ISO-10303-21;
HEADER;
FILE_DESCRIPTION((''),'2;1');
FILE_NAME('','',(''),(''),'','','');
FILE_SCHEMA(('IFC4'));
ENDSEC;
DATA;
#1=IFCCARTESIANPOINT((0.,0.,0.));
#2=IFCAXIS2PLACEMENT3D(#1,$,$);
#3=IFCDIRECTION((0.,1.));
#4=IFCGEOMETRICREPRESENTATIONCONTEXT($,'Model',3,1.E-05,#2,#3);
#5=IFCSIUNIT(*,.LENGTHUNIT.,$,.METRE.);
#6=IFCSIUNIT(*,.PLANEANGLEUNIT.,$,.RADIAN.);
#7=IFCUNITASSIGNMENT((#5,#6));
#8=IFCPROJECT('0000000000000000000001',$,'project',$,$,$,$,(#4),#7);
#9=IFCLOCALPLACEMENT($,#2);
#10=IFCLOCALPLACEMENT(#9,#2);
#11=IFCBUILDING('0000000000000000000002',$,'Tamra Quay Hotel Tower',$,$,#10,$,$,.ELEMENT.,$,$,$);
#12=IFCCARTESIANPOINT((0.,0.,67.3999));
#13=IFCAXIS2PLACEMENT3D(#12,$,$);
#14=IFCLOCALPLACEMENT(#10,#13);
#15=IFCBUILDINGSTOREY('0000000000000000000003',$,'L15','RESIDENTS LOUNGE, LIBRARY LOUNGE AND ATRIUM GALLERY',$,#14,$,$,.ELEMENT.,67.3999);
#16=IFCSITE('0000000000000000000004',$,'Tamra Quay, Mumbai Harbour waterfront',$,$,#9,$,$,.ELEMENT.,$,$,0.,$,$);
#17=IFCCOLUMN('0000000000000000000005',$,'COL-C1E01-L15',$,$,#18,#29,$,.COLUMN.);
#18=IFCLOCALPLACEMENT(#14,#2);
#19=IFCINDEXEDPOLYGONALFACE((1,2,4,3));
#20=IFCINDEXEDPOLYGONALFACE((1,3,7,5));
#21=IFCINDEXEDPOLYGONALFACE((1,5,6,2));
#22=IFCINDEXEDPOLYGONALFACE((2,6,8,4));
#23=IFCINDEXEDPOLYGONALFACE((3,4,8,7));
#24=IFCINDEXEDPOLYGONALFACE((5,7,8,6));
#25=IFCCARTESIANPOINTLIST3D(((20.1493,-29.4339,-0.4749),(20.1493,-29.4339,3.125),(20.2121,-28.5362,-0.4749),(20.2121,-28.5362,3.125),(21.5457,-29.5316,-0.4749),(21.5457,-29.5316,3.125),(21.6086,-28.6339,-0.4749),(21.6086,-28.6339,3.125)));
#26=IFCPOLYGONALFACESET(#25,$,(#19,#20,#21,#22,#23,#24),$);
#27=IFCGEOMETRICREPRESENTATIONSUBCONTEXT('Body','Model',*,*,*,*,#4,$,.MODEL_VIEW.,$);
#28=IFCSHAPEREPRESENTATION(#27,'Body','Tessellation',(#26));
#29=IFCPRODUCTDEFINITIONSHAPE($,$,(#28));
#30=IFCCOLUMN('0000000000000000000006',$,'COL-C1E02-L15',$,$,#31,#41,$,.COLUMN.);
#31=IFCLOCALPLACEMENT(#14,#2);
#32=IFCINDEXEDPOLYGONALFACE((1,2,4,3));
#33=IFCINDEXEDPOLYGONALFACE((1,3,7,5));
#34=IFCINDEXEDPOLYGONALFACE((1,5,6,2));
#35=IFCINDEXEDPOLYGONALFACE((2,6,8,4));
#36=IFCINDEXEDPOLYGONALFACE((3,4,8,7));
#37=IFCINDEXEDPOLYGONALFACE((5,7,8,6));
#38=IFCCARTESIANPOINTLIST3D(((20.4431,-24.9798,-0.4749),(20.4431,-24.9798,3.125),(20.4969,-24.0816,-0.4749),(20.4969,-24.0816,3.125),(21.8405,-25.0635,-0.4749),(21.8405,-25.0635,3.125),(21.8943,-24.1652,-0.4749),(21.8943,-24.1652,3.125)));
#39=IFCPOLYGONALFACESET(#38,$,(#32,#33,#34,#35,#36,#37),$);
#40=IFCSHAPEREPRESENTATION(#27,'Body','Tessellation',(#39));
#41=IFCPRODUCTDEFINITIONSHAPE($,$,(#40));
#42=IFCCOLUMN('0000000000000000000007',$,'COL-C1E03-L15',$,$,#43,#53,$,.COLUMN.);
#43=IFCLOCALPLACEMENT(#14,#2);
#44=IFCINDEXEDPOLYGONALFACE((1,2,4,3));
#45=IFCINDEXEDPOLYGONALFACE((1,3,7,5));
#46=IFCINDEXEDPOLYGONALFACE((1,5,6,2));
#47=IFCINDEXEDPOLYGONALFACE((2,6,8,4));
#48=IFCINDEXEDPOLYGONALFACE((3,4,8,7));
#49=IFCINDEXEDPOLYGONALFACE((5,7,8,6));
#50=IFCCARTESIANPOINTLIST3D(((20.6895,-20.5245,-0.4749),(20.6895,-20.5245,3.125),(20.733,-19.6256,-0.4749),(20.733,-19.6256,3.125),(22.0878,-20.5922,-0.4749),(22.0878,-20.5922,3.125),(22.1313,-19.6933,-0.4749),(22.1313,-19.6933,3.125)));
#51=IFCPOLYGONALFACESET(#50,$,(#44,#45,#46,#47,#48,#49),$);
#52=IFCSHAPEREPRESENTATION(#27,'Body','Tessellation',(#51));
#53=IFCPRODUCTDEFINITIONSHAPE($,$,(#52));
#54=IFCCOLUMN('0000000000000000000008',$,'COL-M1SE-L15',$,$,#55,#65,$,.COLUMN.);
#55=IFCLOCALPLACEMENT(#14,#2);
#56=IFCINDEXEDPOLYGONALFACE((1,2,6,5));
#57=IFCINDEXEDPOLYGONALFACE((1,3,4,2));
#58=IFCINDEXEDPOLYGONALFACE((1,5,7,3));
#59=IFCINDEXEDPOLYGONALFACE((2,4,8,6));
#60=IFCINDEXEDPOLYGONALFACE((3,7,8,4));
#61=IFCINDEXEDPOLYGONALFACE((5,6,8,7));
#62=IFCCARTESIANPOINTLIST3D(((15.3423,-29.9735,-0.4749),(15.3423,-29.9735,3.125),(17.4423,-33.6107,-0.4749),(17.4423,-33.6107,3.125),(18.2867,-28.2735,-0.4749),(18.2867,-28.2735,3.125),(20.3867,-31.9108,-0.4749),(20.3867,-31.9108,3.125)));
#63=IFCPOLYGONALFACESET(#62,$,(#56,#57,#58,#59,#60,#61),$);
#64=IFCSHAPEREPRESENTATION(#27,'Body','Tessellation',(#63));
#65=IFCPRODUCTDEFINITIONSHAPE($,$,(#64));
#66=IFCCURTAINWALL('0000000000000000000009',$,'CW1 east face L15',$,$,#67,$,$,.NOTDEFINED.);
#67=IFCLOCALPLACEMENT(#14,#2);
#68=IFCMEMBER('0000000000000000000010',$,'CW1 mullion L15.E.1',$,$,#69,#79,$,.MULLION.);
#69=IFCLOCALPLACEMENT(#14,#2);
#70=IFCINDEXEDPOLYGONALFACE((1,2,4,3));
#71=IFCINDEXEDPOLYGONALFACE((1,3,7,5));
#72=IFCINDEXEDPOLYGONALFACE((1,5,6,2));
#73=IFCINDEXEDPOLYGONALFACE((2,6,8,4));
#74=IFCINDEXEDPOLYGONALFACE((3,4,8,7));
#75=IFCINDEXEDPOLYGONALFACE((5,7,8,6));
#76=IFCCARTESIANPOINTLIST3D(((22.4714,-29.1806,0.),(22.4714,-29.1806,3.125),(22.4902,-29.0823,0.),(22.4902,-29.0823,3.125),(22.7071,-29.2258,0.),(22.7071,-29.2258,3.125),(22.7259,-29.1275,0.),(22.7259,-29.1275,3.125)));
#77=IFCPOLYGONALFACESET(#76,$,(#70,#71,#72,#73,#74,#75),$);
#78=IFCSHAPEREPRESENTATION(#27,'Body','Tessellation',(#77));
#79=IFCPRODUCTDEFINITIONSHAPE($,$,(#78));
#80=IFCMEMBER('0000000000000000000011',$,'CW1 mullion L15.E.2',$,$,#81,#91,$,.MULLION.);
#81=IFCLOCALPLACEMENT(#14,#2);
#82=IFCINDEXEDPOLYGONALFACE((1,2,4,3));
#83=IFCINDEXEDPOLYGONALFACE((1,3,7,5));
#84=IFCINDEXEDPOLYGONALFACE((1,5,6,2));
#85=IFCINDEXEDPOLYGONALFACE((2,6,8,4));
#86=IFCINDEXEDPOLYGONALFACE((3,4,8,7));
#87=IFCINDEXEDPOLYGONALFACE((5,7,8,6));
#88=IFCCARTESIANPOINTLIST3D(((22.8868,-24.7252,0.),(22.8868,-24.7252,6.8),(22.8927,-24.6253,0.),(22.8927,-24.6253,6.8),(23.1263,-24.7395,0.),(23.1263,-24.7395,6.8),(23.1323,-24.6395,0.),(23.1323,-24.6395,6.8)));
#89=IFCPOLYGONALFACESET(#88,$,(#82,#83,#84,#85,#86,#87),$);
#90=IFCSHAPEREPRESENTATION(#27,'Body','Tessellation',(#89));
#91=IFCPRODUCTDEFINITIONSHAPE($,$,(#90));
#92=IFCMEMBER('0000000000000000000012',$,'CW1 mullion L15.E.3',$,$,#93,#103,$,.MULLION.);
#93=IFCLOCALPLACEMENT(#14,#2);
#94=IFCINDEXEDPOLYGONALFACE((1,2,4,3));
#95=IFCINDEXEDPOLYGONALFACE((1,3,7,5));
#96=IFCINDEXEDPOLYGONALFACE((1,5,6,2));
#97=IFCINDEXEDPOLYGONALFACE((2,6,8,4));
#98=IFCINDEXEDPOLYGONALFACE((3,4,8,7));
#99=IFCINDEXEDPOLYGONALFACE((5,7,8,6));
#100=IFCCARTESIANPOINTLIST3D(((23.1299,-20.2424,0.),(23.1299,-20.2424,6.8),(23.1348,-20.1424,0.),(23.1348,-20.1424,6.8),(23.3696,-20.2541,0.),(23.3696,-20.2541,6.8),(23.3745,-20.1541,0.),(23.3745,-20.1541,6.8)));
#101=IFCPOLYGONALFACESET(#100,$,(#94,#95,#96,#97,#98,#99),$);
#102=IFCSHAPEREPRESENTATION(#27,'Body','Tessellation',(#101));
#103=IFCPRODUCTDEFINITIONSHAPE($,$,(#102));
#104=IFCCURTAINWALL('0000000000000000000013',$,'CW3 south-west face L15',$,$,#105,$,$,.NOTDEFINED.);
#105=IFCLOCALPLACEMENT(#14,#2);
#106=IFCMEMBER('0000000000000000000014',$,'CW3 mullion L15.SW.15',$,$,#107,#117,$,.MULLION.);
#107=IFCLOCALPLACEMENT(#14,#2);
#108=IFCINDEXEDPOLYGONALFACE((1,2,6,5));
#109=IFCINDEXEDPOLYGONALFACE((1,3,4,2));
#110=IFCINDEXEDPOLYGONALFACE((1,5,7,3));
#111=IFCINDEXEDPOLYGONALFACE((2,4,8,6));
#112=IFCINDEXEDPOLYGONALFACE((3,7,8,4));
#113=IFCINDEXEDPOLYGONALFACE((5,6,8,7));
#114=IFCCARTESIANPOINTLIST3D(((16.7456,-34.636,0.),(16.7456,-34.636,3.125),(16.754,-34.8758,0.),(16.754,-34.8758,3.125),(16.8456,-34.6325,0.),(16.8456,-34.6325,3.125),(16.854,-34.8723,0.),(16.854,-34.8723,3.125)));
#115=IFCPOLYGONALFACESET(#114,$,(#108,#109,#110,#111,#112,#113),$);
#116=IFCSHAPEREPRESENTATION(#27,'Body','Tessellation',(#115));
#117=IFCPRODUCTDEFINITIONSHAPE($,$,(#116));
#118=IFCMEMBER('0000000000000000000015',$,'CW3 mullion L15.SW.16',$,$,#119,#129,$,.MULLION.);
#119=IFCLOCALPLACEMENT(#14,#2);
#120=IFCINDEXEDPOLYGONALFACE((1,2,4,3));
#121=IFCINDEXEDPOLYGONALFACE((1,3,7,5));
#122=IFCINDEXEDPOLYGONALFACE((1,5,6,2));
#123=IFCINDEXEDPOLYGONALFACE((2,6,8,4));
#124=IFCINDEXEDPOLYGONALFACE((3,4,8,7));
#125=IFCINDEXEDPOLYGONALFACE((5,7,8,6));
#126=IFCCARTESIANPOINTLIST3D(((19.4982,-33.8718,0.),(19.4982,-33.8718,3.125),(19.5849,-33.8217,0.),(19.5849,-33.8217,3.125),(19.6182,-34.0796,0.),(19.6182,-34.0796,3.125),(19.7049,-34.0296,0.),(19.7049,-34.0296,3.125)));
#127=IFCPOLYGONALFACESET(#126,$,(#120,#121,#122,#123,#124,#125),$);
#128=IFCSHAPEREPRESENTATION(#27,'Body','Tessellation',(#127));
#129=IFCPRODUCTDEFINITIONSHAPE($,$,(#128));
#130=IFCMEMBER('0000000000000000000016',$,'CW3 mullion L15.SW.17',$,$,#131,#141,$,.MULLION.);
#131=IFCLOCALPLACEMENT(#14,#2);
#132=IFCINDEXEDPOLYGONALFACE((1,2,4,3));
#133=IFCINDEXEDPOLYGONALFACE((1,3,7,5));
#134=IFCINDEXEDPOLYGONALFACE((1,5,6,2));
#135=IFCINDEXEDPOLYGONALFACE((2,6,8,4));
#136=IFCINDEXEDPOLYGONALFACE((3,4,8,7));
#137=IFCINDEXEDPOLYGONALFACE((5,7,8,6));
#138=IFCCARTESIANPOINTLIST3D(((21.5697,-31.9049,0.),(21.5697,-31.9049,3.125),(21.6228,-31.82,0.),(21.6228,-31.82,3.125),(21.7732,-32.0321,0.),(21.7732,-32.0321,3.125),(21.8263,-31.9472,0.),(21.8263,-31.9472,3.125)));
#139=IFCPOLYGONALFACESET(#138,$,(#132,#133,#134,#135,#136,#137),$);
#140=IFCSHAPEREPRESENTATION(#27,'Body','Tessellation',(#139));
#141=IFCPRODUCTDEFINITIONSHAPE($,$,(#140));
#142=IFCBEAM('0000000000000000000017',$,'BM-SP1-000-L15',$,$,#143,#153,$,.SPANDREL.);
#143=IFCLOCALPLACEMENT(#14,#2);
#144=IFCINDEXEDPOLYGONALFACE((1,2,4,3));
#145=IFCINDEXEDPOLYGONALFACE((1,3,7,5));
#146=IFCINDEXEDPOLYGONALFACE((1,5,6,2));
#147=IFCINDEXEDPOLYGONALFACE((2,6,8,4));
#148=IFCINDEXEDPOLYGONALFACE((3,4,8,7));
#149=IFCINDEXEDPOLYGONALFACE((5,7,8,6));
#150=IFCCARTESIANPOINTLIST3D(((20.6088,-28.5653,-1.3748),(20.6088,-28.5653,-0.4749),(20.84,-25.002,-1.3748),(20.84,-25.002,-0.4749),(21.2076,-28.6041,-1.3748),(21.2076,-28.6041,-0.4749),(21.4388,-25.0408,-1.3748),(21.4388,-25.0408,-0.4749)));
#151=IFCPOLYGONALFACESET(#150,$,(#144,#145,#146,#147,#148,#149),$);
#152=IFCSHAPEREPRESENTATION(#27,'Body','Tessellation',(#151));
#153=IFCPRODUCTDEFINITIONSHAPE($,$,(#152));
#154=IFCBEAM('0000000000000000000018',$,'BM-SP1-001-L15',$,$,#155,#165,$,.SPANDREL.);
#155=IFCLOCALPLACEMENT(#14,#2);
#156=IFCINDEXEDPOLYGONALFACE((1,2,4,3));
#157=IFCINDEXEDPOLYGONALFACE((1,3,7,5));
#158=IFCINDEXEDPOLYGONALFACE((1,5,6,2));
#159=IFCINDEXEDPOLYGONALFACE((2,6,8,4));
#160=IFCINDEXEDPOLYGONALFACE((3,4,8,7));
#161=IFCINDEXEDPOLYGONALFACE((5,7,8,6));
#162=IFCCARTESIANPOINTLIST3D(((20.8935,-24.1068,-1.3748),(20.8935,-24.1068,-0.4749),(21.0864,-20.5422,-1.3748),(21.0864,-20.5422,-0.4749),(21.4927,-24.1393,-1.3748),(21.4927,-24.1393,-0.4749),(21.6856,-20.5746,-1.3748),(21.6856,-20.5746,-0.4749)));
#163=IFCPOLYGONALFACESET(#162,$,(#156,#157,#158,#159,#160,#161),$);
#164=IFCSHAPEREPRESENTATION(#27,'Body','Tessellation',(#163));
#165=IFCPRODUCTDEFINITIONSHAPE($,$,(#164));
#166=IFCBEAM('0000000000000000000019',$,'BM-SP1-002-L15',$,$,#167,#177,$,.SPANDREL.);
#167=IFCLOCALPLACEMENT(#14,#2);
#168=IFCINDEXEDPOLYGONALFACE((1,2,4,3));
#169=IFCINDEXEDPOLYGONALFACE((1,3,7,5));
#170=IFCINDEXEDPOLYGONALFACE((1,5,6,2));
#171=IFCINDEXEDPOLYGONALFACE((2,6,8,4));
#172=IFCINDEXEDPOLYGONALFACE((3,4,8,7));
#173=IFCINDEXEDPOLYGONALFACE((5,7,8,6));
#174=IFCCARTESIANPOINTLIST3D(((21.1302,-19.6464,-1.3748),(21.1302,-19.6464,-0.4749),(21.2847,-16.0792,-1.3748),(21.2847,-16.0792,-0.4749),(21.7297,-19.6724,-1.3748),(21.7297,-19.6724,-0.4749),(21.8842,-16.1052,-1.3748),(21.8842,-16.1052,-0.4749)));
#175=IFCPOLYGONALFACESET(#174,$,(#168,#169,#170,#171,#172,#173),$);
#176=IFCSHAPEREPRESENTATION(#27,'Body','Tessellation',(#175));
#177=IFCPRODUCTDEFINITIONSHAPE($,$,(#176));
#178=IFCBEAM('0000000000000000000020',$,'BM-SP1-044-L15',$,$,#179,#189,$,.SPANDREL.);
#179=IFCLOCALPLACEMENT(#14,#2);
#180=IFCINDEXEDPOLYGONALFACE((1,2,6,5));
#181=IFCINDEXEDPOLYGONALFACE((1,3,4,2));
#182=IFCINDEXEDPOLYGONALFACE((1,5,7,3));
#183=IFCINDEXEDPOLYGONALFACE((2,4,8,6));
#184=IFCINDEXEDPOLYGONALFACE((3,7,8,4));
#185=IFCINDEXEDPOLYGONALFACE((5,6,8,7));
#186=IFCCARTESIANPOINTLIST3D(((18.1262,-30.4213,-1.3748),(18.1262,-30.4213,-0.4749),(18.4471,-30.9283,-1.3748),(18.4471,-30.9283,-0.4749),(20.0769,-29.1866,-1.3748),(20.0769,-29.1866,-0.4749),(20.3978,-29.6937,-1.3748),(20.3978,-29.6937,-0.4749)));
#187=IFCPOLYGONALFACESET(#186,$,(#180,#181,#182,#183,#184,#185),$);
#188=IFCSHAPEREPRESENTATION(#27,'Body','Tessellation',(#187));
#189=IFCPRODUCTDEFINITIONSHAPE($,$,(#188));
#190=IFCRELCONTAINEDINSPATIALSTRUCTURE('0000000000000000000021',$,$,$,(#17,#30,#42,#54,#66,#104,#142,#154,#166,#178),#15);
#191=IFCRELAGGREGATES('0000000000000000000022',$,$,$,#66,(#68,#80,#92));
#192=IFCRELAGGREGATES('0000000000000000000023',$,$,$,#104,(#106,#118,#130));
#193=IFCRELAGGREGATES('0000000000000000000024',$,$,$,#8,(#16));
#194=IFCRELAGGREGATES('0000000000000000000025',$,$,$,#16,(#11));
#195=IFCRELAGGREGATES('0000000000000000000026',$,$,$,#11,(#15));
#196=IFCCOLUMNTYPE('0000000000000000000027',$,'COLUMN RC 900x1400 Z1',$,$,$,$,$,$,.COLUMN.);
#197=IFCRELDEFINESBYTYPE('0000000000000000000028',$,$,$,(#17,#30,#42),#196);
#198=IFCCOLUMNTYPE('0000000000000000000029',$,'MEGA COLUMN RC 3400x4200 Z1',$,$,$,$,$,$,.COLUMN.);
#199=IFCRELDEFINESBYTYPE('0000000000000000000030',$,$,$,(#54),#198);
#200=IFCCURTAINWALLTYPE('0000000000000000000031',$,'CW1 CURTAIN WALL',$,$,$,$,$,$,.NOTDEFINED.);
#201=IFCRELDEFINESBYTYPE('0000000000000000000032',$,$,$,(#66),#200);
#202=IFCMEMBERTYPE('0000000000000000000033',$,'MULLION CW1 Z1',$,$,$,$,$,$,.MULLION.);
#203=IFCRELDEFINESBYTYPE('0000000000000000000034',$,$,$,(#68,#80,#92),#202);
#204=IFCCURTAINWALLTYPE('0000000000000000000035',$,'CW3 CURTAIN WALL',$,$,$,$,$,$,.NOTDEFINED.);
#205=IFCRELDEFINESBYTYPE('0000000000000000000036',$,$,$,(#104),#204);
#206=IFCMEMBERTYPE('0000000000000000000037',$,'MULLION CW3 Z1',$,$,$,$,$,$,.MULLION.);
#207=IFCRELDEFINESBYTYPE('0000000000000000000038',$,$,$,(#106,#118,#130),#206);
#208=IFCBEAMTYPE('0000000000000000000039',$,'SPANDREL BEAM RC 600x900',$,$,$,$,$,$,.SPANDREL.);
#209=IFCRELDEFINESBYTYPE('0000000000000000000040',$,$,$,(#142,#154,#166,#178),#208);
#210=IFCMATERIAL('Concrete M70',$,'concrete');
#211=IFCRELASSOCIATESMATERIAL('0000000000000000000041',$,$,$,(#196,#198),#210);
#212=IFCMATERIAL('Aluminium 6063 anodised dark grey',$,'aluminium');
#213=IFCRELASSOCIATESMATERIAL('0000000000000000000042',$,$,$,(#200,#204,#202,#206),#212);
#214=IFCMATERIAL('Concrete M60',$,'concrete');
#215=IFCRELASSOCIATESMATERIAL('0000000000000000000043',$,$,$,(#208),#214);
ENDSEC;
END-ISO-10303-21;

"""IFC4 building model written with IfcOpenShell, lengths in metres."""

from ifc_helpers import new_model, si_unit, direction, frame, origin, origin_2d, place, context, subcontext, project, spatial, rectangle, extrude, material, material_profile, profile_set, type_object, element, aggregate, save


model = new_model("IFC4")

# Units and contexts
model_context = context("Model", 3, precision=1e-05, world=origin(), true_north=direction((0.0, 1.0)))
body_context = subcontext(model_context, "Body", "Model", "MODEL_VIEW")
ifc_project = project(units=[si_unit("LENGTHUNIT", "METRE"), si_unit("PLANEANGLEUNIT", "RADIAN")], contexts=[model_context])

# Site, building, storey
site_placement = place(None, origin())
site = spatial("IfcSite", under=ifc_project, at=site_placement, Name="Tamra Quay, Mumbai Harbour waterfront", CompositionType="ELEMENT", RefElevation=0.0)
building_placement = place(site_placement, origin())
building = spatial("IfcBuilding", under=site, at=building_placement, Name="Tamra Quay Hotel Tower", CompositionType="ELEMENT")
storey_placement = place(building_placement, frame((0.0, 0.0, 67.3999)))
storey = spatial("IfcBuildingStorey", under=building, at=storey_placement, Name="L15", Description="RESIDENTS LOUNGE, LIBRARY LOUNGE AND ATRIUM GALLERY", CompositionType="ELEMENT", Elevation=67.3999)

# Columns
ifc_material_1 = material(Name="Concrete M70", Category="concrete")
ifc_material_profile_1 = material_profile(ifc_material_1, rectangle(XDim=1.3999, YDim=0.8999, at=origin_2d()), Name="COLUMN RC 900x1400 Z1")
ifc_profile_set_1 = profile_set([ifc_material_profile_1], Name="Concrete M70")
column_type_1 = type_object("IfcColumnType", Name="COLUMN RC 900x1400 Z1", PredefinedType="COLUMN", material=ifc_profile_set_1)
for number, where, z_axis, x_axis, name in (
    (1, (20.8789, -29.0339, -0.4749), (0.0, 0.0, 1.0), (-0.997562, 0.06979, 0.0), "COL-C1E01-L15"),
    (2, (21.1687, -24.5725, -0.4749), (0.0, 0.0, 1.0), (-0.998214, 0.059733, 0.0), "COL-C1E02-L15"),
    (3, (21.4104, -20.1089, -0.4749), (0.0, 0.0, 1.0), (-0.998831, 0.048344, 0.0), "COL-C1E03-L15"),
):
    element("IfcColumn", number, at=place(storey_placement, frame(where, z_axis=z_axis, x_axis=x_axis)), inside=storey, type_object=column_type_1, Name=name, PredefinedType="COLUMN", context=body_context, shape_type="SweptSolid", body=[
        extrude(rectangle(XDim=1.3999, YDim=0.8999, at=origin_2d()), origin(), (0.0, 0.0, 1.0), 3.5999),
    ])
ifc_material_profile_2 = material_profile(ifc_material_1, rectangle(XDim=4.2, YDim=3.3999, at=origin_2d()), Name="MEGA COLUMN RC 3400x4200 Z1")
ifc_profile_set_2 = profile_set([ifc_material_profile_2], Name="Concrete M70")
column_type_2 = type_object("IfcColumnType", Name="MEGA COLUMN RC 3400x4200 Z1", PredefinedType="COLUMN", material=ifc_profile_set_2)
column_placement = place(storey_placement, frame((17.8645, -30.9421, -0.4749), z_axis=(0.0, 0.0, 1.0), x_axis=(-0.5, 0.866025, 0.0)))
element("IfcColumn", 4, at=column_placement, inside=storey, type_object=column_type_2, Name="COL-M1SE-L15", PredefinedType="COLUMN", context=body_context, shape_type="SweptSolid", body=[
    extrude(rectangle(XDim=4.2, YDim=3.3999, at=origin_2d()), origin(), (0.0, 0.0, 1.0), 3.5999),
])

# Curtain walls, members
ifc_material_2 = material(Name="Aluminium 6063 anodised dark grey", Category="aluminium")
curtain_wall_type_1 = type_object("IfcCurtainWallType", Name="CW1 CURTAIN WALL", PredefinedType="NOTDEFINED", material=ifc_material_2)
curtain_wall_1_placement = place(storey_placement, origin())
curtain_wall_1 = element("IfcCurtainWall", 5, at=curtain_wall_1_placement, inside=storey, type_object=curtain_wall_type_1, Name="CW1 east face L15", PredefinedType="NOTDEFINED")
ifc_material_profile_3 = material_profile(ifc_material_2, rectangle(XDim=0.24, YDim=0.1001, at=origin_2d()), Name="MULLION 100X240")
ifc_profile_set_3 = profile_set([ifc_material_profile_3], Name="Aluminium 6063 anodised dark grey")
member_type_1 = type_object("IfcMemberType", Name="MULLION CW1 Z1", PredefinedType="MULLION", material=ifc_profile_set_3)
member_1_placement = place(storey_placement, frame((22.5986, -29.1541, 0.0), z_axis=(0.0, 0.0, 1.0), x_axis=(0.982095, -0.188389, 0.0)))
member_1 = element("IfcMember", 6, at=member_1_placement, type_object=member_type_1, Name="CW1 mullion L15.E.1", PredefinedType="MULLION", context=body_context, shape_type="SweptSolid", body=[
    extrude(rectangle(XDim=0.24, YDim=0.1001, at=origin_2d()), origin(), (0.0, 0.0, 1.0), 3.125),
])
member_2_placement = place(storey_placement, frame((23.0095, -24.6824, 0.0), z_axis=(0.0, 0.0, 1.0), x_axis=(0.998232, -0.059439, 0.0)))
member_2 = element("IfcMember", 7, at=member_2_placement, type_object=member_type_1, Name="CW1 mullion L15.E.2", PredefinedType="MULLION", context=body_context, shape_type="SweptSolid", body=[
    extrude(rectangle(XDim=0.24, YDim=0.1001, at=origin_2d()), origin(), (0.0, 0.0, 1.0), 6.8),
])
member_3_placement = place(storey_placement, frame((23.2522, -20.1982, 0.0), z_axis=(0.0, 0.0, 1.0), x_axis=(0.998815, -0.048675, 0.0)))
member_3 = element("IfcMember", 8, at=member_3_placement, type_object=member_type_1, Name="CW1 mullion L15.E.3", PredefinedType="MULLION", context=body_context, shape_type="SweptSolid", body=[
    extrude(rectangle(XDim=0.24, YDim=0.1001, at=origin_2d()), origin(), (0.0, 0.0, 1.0), 6.8),
])
curtain_wall_type_2 = type_object("IfcCurtainWallType", Name="CW3 CURTAIN WALL", PredefinedType="NOTDEFINED", material=ifc_material_2)
curtain_wall_2_placement = place(storey_placement, origin())
curtain_wall_2 = element("IfcCurtainWall", 9, at=curtain_wall_2_placement, inside=storey, type_object=curtain_wall_type_2, Name="CW3 south-west face L15", PredefinedType="NOTDEFINED")
ifc_material_profile_4 = material_profile(ifc_material_2, rectangle(XDim=0.24, YDim=0.1001, at=origin_2d()), Name="MULLION 100X240")
ifc_profile_set_4 = profile_set([ifc_material_profile_4], Name="Aluminium 6063 anodised dark grey")
member_type_2 = type_object("IfcMemberType", Name="MULLION CW3 Z1", PredefinedType="MULLION", material=ifc_profile_set_4)
member_4_placement = place(storey_placement, frame((16.7998, -34.7542, 0.0), z_axis=(0.0, 0.0, 1.0), x_axis=(0.034916, -0.99939, 0.0)))
member_4 = element("IfcMember", 10, at=member_4_placement, type_object=member_type_2, Name="CW3 mullion L15.SW.15", PredefinedType="MULLION", context=body_context, shape_type="SweptSolid", body=[
    extrude(rectangle(XDim=0.24, YDim=0.1001, at=origin_2d()), origin(), (0.0, 0.0, 1.0), 3.125),
])
member_5_placement = place(storey_placement, frame((19.6016, -33.9507, 0.0), z_axis=(0.0, 0.0, 1.0), x_axis=(0.5, -0.866025, 0.0)))
member_5 = element("IfcMember", 11, at=member_5_placement, type_object=member_type_2, Name="CW3 mullion L15.SW.16", PredefinedType="MULLION", context=body_context, shape_type="SweptSolid", body=[
    extrude(rectangle(XDim=0.24, YDim=0.1001, at=origin_2d()), origin(), (0.0, 0.0, 1.0), 3.125),
])
member_6_placement = place(storey_placement, frame((21.698, -31.926, 0.0), z_axis=(0.0, 0.0, 1.0), x_axis=(0.848039, -0.529933, 0.0)))
member_6 = element("IfcMember", 12, at=member_6_placement, type_object=member_type_2, Name="CW3 mullion L15.SW.17", PredefinedType="MULLION", context=body_context, shape_type="SweptSolid", body=[
    extrude(rectangle(XDim=0.24, YDim=0.1001, at=origin_2d()), origin(), (0.0, 0.0, 1.0), 3.125),
])

# Beams
ifc_material_3 = material(Name="Concrete M60", Category="concrete")
ifc_material_profile_5 = material_profile(ifc_material_3, rectangle(XDim=0.6001, YDim=0.8999, at=origin_2d()), Name="SPANDREL BEAM RC 600x900")
ifc_profile_set_5 = profile_set([ifc_material_profile_5], Name="Concrete M60")
beam_type = type_object("IfcBeamType", Name="SPANDREL BEAM RC 600x900", PredefinedType="SPANDREL", material=ifc_profile_set_5)
beam_1_placement = place(storey_placement, frame((20.9082, -28.5847, -0.9248), z_axis=(0.064749, 0.997902, 0.0), x_axis=(-0.997902, 0.064749, 0.0)))
element("IfcBeam", 13, at=beam_1_placement, inside=storey, type_object=beam_type, Name="BM-SP1-000-L15", PredefinedType="SPANDREL", context=body_context, shape_type="SweptSolid", body=[
    extrude(rectangle(XDim=0.6001, YDim=0.8999, at=origin_2d()), origin(), (0.0, 0.0, 1.0), 3.5708),
])
beam_2_placement = place(storey_placement, frame((21.1931, -24.123, -0.9248), z_axis=(0.054027, 0.998539, 0.0), x_axis=(-0.998539, 0.054027, 0.0)))
element("IfcBeam", 14, at=beam_2_placement, inside=storey, type_object=beam_type, Name="BM-SP1-001-L15", PredefinedType="SPANDREL", context=body_context, shape_type="SweptSolid", body=[
    extrude(rectangle(XDim=0.6001, YDim=0.8999, at=origin_2d()), origin(), (0.0, 0.0, 1.0), 3.5698),
])
beam_3_placement = place(storey_placement, frame((21.4299, -19.6594, -0.9248), z_axis=(0.043283, 0.999063, 0.0), x_axis=(-0.999063, 0.043283, 0.0)))
element("IfcBeam", 15, at=beam_3_placement, inside=storey, type_object=beam_type, Name="BM-SP1-002-L15", PredefinedType="SPANDREL", context=body_context, shape_type="SweptSolid", body=[
    extrude(rectangle(XDim=0.6001, YDim=0.8999, at=origin_2d()), origin(), (0.0, 0.0, 1.0), 3.5706),
])
beam_4_placement = place(storey_placement, frame((18.2866, -30.6748, -0.9248), z_axis=(0.844978, 0.5348, 0.0), x_axis=(-0.5348, 0.844978, 0.0)))
element("IfcBeam", 16, at=beam_4_placement, inside=storey, type_object=beam_type, Name="BM-SP1-044-L15", PredefinedType="SPANDREL", context=body_context, shape_type="SweptSolid", body=[
    extrude(rectangle(XDim=0.6001, YDim=0.8999, at=origin_2d()), origin(), (0.0, 0.0, 1.0), 2.3086),
])

aggregate(curtain_wall_1, [member_1, member_2, member_3])
aggregate(curtain_wall_2, [member_4, member_5, member_6])

save(model, "model.ifc")
